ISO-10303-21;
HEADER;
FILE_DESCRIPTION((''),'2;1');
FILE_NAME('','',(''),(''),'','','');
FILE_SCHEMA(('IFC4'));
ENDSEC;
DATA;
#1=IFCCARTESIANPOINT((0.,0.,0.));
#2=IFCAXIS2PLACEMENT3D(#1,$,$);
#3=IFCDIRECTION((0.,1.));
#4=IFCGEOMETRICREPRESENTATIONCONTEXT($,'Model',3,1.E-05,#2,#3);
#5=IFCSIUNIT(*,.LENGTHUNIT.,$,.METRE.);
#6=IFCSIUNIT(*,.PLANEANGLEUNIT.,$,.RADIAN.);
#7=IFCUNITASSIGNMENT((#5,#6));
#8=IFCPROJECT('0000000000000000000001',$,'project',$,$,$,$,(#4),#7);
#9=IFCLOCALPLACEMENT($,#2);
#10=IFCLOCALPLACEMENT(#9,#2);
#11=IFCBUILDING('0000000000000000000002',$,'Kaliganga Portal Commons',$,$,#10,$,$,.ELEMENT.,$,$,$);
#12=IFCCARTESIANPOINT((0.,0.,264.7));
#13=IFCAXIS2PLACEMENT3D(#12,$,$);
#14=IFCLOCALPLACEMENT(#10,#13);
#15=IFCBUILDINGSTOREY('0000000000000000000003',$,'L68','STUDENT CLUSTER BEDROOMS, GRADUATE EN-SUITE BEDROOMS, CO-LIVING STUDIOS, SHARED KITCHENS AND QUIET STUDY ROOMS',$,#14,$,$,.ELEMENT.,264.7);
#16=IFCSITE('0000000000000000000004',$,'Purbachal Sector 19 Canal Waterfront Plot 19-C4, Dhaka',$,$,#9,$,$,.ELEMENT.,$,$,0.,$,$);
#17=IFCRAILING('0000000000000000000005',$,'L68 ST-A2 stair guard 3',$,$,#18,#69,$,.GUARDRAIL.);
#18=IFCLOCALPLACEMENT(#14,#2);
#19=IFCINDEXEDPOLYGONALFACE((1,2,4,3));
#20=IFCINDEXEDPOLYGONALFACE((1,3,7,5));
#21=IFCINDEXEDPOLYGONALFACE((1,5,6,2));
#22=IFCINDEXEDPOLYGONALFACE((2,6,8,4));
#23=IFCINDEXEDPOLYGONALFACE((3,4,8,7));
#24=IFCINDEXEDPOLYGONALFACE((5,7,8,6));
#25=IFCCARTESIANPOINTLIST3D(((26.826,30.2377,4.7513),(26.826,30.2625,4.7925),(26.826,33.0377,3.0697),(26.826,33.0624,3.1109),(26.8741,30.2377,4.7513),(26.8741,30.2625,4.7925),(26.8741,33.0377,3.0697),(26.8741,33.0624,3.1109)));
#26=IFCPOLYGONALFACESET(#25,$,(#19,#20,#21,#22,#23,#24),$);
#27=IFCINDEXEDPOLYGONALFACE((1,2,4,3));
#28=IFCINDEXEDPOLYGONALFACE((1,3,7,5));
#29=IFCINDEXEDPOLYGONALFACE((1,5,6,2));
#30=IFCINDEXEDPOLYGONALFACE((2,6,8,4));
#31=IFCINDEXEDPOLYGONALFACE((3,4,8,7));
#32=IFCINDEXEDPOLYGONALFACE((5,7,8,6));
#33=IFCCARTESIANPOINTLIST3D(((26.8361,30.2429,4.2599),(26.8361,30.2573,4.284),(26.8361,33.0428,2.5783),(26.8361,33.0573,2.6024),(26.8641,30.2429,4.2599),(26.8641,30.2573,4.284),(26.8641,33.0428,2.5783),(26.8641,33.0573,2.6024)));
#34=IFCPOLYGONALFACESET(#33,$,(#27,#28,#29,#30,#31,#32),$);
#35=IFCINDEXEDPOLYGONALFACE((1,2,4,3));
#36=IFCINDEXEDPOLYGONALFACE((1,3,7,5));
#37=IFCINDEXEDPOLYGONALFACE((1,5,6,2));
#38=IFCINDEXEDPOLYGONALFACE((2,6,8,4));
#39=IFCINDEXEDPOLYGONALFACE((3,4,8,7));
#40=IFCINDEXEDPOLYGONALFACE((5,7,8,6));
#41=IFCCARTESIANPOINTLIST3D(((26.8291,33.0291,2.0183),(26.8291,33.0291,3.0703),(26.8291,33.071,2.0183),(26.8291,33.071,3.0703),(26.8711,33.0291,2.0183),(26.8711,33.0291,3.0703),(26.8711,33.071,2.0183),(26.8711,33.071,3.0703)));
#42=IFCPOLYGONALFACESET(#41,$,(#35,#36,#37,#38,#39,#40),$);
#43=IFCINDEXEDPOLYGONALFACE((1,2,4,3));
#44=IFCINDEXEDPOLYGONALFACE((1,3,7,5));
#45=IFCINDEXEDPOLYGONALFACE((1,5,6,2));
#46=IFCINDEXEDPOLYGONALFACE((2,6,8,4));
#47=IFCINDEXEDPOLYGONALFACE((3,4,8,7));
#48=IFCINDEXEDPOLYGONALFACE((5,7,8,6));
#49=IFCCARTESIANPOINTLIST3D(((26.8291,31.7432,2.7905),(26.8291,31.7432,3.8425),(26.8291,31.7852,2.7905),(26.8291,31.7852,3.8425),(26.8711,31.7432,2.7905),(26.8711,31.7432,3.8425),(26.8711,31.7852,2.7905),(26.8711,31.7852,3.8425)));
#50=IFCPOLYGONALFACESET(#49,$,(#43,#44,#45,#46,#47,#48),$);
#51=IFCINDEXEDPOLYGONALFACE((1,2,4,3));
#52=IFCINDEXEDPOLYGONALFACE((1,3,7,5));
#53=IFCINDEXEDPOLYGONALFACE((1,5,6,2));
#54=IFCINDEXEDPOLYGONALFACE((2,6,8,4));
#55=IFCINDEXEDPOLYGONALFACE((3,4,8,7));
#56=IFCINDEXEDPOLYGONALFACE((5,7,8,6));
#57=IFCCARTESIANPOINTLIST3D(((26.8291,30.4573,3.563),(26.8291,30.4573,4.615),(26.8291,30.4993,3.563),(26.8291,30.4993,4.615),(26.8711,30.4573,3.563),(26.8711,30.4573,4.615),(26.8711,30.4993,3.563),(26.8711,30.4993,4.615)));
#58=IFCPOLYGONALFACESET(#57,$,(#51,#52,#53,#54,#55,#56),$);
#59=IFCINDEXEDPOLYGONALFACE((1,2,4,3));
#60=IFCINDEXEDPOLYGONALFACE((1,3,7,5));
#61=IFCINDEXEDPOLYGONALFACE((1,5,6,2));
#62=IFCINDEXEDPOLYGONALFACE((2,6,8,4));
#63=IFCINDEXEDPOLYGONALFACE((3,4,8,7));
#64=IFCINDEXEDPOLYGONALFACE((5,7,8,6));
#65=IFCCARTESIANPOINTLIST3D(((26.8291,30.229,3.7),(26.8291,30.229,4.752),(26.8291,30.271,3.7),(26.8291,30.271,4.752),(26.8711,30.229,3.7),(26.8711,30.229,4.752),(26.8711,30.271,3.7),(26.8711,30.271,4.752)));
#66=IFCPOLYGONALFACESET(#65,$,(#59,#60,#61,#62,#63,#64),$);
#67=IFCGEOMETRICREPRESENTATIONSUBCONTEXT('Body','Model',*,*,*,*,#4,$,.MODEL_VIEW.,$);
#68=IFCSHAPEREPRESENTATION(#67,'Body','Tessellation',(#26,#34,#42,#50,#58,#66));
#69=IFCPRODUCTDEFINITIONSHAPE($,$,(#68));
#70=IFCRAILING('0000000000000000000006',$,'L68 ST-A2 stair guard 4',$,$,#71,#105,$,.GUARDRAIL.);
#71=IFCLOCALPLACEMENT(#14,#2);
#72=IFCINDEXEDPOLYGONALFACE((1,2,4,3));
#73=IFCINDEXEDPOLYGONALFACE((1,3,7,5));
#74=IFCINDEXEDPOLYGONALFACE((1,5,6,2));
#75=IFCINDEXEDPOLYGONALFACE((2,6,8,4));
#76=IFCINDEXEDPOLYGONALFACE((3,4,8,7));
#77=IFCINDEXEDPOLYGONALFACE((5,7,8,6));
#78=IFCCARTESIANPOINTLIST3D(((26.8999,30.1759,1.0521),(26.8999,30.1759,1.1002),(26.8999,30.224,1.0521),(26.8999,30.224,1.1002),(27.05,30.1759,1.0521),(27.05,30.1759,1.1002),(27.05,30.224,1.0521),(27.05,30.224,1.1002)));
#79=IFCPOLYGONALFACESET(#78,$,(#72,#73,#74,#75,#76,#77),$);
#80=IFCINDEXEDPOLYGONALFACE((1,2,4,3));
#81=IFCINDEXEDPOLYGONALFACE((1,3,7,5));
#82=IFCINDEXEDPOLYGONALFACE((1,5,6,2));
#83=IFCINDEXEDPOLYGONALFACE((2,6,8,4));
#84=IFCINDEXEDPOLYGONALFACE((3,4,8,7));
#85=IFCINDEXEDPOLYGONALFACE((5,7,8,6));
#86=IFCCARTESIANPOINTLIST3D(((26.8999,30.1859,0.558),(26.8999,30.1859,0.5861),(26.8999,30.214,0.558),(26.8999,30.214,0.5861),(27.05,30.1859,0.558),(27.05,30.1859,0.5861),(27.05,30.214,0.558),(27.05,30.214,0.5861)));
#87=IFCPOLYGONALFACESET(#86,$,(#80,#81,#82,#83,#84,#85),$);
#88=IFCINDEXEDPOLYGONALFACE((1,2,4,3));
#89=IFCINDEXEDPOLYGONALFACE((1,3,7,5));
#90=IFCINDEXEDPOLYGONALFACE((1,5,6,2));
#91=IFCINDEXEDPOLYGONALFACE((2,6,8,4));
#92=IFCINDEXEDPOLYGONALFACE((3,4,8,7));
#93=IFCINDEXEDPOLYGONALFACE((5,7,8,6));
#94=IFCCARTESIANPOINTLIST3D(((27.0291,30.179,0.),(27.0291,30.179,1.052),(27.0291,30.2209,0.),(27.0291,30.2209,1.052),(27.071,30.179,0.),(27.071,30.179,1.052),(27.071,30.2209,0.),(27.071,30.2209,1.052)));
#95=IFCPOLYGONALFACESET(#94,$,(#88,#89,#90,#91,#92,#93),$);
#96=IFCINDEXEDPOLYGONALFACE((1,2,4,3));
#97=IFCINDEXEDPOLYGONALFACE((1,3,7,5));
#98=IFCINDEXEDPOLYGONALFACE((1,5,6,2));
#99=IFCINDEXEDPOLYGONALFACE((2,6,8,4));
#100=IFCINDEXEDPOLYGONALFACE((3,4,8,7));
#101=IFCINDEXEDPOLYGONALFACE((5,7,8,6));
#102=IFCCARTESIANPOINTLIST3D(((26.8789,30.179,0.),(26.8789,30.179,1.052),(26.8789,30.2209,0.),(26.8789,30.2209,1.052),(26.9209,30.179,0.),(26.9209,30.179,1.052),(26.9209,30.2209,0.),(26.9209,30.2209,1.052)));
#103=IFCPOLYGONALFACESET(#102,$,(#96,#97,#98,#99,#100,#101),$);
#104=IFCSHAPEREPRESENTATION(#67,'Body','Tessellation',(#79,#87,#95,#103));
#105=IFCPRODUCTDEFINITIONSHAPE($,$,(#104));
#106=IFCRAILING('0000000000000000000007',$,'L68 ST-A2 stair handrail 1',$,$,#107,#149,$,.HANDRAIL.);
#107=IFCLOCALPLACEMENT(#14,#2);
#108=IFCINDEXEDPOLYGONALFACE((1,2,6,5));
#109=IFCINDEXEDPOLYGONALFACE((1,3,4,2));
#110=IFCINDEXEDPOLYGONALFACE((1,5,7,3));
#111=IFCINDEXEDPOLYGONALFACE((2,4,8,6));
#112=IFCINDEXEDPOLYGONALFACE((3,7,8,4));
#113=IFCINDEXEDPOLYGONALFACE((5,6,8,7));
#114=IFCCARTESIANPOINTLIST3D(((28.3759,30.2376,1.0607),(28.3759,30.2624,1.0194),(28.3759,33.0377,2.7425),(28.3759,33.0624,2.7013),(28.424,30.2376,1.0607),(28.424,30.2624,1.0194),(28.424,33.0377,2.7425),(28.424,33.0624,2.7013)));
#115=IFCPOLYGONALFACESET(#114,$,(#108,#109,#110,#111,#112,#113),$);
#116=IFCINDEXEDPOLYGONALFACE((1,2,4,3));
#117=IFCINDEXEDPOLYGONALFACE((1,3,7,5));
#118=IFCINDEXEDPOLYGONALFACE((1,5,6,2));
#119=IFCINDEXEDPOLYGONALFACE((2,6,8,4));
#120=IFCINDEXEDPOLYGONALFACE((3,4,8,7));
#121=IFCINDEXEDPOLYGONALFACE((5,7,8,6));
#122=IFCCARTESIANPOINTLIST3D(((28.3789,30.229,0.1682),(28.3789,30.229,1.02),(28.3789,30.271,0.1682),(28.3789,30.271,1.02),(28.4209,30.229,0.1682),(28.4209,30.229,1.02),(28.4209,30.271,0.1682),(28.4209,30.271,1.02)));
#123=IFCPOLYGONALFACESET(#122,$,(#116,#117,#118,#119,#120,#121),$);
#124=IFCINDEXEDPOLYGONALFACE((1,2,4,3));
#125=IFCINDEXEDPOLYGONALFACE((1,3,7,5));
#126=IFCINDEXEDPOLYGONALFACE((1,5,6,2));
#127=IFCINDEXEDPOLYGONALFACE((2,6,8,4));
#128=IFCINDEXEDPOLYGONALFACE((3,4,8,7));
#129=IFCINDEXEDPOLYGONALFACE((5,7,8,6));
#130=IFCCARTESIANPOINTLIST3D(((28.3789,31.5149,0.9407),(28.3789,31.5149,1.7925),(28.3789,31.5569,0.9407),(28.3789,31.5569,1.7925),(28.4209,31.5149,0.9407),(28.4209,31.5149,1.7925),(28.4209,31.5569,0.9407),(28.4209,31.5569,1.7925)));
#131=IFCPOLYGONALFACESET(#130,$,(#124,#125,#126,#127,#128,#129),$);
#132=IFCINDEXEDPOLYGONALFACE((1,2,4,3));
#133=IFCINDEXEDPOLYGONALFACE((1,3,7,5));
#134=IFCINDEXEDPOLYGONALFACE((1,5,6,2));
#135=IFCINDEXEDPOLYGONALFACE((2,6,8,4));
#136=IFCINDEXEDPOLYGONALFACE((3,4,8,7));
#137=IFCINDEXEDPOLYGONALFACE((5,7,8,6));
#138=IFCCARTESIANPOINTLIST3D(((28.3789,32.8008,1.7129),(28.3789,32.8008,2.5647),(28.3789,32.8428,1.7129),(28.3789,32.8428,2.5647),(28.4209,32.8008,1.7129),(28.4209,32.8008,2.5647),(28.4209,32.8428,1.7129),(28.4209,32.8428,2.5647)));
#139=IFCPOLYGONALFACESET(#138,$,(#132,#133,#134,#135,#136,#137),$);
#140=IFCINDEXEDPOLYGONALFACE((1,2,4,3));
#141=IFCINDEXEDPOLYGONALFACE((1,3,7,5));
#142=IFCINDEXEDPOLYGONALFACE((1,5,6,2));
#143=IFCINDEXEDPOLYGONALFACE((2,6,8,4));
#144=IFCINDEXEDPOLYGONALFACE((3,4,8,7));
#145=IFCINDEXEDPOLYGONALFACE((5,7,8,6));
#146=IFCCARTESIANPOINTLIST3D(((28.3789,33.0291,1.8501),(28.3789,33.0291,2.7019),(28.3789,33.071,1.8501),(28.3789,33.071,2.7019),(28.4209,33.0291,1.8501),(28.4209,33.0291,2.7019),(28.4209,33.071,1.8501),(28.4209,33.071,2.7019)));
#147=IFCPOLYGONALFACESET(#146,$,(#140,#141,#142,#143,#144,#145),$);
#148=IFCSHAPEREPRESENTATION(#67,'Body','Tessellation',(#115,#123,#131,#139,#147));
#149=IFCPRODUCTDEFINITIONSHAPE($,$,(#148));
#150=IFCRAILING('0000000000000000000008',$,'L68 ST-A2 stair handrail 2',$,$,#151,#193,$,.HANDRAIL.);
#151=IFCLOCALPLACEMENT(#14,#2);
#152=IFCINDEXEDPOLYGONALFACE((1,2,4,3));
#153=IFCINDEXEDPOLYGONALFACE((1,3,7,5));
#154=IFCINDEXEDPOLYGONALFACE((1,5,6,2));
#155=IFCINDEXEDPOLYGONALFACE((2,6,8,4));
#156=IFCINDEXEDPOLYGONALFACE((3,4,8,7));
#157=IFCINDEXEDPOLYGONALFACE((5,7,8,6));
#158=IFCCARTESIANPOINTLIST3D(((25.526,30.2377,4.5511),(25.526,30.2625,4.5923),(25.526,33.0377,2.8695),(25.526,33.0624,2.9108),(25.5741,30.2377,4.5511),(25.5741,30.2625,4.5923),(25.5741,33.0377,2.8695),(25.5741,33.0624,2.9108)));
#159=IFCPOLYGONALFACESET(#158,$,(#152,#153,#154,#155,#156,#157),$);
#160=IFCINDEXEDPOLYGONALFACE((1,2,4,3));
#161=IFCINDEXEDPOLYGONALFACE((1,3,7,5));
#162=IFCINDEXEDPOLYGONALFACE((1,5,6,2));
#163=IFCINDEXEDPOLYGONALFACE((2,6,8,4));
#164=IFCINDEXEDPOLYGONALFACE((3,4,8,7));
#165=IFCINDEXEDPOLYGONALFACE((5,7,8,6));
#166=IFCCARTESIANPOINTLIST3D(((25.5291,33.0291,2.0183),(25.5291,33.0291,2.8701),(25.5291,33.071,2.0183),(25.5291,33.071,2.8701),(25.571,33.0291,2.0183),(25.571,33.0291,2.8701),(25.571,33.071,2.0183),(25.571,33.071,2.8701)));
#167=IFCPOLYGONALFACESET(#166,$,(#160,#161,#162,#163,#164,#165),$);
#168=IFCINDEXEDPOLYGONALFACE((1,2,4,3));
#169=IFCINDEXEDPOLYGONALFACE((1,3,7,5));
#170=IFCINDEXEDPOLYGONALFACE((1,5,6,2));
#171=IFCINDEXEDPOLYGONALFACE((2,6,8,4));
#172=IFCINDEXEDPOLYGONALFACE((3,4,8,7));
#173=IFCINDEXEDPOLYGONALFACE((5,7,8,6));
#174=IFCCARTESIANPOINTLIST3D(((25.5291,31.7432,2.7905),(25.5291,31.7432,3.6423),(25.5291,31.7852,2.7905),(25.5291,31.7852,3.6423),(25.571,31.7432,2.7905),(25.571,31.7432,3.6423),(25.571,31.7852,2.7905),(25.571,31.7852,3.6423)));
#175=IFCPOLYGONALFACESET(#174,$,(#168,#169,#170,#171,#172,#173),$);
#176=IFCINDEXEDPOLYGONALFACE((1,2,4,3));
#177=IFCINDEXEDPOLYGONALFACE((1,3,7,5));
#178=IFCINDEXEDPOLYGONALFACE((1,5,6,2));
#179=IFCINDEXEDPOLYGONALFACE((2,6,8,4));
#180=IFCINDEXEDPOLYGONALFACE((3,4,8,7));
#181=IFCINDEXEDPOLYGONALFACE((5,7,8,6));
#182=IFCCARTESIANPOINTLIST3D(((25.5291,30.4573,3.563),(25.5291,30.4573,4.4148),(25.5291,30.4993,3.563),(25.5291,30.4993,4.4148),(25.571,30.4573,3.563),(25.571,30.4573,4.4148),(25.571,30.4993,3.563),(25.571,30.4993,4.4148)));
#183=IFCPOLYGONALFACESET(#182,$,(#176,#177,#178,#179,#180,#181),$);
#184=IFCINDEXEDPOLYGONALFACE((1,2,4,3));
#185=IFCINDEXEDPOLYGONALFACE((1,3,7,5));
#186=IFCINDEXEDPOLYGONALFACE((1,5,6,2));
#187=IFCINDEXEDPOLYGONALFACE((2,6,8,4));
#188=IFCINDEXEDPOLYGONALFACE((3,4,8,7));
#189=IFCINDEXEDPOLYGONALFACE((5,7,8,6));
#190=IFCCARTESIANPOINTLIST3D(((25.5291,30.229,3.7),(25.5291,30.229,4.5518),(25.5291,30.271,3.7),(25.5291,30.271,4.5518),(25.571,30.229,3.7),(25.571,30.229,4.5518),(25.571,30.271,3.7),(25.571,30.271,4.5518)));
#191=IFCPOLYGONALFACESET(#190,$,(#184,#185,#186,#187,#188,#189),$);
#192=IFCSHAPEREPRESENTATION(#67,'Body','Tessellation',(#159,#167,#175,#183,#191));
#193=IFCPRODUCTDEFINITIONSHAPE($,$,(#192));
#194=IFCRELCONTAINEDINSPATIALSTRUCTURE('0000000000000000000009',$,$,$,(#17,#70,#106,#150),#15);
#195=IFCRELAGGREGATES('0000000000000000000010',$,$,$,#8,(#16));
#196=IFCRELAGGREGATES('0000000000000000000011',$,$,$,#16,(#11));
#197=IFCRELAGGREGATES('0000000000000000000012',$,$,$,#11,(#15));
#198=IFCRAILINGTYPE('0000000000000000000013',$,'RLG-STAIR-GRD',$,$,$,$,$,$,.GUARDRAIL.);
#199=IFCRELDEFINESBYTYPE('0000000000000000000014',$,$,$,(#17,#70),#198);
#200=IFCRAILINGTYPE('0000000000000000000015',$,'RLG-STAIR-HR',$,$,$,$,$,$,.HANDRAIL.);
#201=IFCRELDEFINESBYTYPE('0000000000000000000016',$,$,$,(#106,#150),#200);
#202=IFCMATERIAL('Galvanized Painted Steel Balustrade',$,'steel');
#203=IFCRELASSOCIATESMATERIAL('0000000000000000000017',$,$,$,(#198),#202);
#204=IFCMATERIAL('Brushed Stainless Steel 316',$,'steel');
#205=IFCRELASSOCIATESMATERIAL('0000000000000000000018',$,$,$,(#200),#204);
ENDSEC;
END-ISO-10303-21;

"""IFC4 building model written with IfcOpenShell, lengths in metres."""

from ifc_helpers import new_model, si_unit, direction, frame, origin, origin_2d, place, context, subcontext, project, spatial, rectangle, extrude, material, type_object, element, save


model = new_model("IFC4")

# Units and contexts
model_context = context("Model", 3, precision=1e-05, world=origin(), true_north=direction((0.0, 1.0)))
body_context = subcontext(model_context, "Body", "Model", "MODEL_VIEW")
ifc_project = project(units=[si_unit("LENGTHUNIT", "METRE"), si_unit("PLANEANGLEUNIT", "RADIAN")], contexts=[model_context])

# Site, building, storey
site_placement = place(None, origin())
site = spatial("IfcSite", under=ifc_project, at=site_placement, Name="Purbachal Sector 19 Canal Waterfront Plot 19-C4, Dhaka", CompositionType="ELEMENT", RefElevation=0.0)
building_placement = place(site_placement, origin())
building = spatial("IfcBuilding", under=site, at=building_placement, Name="Kaliganga Portal Commons", CompositionType="ELEMENT")
storey_placement = place(building_placement, frame((0.0, 0.0, 264.7)))
storey = spatial("IfcBuildingStorey", under=building, at=storey_placement, Name="L68", Description="STUDENT CLUSTER BEDROOMS, GRADUATE EN-SUITE BEDROOMS, CO-LIVING STUDIOS, SHARED KITCHENS AND QUIET STUDY ROOMS", CompositionType="ELEMENT", Elevation=264.7)

# Railings
ifc_material_1 = material(Name="Galvanized Painted Steel Balustrade", Category="steel")
railing_type_1 = type_object("IfcRailingType", Name="RLG-STAIR-GRD", PredefinedType="GUARDRAIL", material=ifc_material_1)
railing_1_placement = place(storey_placement, frame((26.8501, 33.05, 2.0183)))
element("IfcRailing", 1, at=railing_1_placement, inside=storey, type_object=railing_type_1, Name="L68 ST-A2 stair guard 3", PredefinedType="GUARDRAIL", context=body_context, shape_type="SweptSolid", body=[
    extrude(rectangle(XDim=0.0481, YDim=0.0481, at=origin_2d()), frame((0.0, 0.0, 1.072), z_axis=(0.0, -0.857275, 0.514858), x_axis=(1.0, 0.0, 0.0)), (0.0, 0.0, 1.0), 3.2661),
    extrude(rectangle(XDim=0.0281, YDim=0.0281, at=origin_2d()), frame((0.0, 0.0, 0.572), z_axis=(0.0, -0.857275, 0.514858), x_axis=(1.0, 0.0, 0.0)), (0.0, 0.0, 1.0), 3.2661),
    extrude(rectangle(XDim=0.042, YDim=0.042, at=origin_2d()), origin(), (0.0, 0.0, 1.0), 1.052),
    extrude(rectangle(XDim=0.042, YDim=0.042, at=origin_2d()), frame((0.0, -1.2859, 0.7722)), (0.0, 0.0, 1.0), 1.052),
    extrude(rectangle(XDim=0.042, YDim=0.042, at=origin_2d()), frame((0.0, -2.5718, 1.5447)), (0.0, 0.0, 1.0), 1.052),
    extrude(rectangle(XDim=0.042, YDim=0.042, at=origin_2d()), frame((0.0, -2.8, 1.6816)), (0.0, 0.0, 1.0), 1.052),
])
railing_2_placement = place(storey_placement, frame((27.05, 30.2, 0.0)))
element("IfcRailing", 2, at=railing_2_placement, inside=storey, type_object=railing_type_1, Name="L68 ST-A2 stair guard 4", PredefinedType="GUARDRAIL", context=body_context, shape_type="SweptSolid", body=[
    extrude(rectangle(XDim=0.0481, YDim=0.0481, at=origin_2d()), frame((0.0, 0.0, 1.0762), z_axis=(-1.0, 0.0, 0.0), x_axis=(0.0, -1.0, 0.0)), (0.0, 0.0, 1.0), 0.1501),
    extrude(rectangle(XDim=0.0281, YDim=0.0281, at=origin_2d()), frame((0.0, 0.0, 0.572), z_axis=(-1.0, 0.0, 0.0), x_axis=(0.0, -1.0, 0.0)), (0.0, 0.0, 1.0), 0.1501),
    extrude(rectangle(XDim=0.042, YDim=0.042, at=origin_2d()), origin(), (0.0, 0.0, 1.0), 1.052),
    extrude(rectangle(XDim=0.042, YDim=0.042, at=origin_2d()), frame((-0.1501, 0.0, 0.0)), (0.0, 0.0, 1.0), 1.052),
])
ifc_material_2 = material(Name="Brushed Stainless Steel 316", Category="steel")
railing_type_2 = type_object("IfcRailingType", Name="RLG-STAIR-HR", PredefinedType="HANDRAIL", material=ifc_material_2)
railing_3_placement = place(storey_placement, frame((28.3999, 30.25, 0.1682)))
element("IfcRailing", 3, at=railing_3_placement, inside=storey, type_object=railing_type_2, Name="L68 ST-A2 stair handrail 1", PredefinedType="HANDRAIL", context=body_context, shape_type="SweptSolid", body=[
    extrude(rectangle(XDim=0.0481, YDim=0.0481, at=origin_2d()), frame((0.0, 0.0, 0.8718), z_axis=(0.0, 0.857242, 0.514913), x_axis=(-1.0, 0.0, 0.0)), (0.0, 0.0, 1.0), 3.2664),
    extrude(rectangle(XDim=0.042, YDim=0.042, at=origin_2d()), origin(), (0.0, 0.0, 1.0), 0.8518),
    extrude(rectangle(XDim=0.042, YDim=0.042, at=origin_2d()), frame((0.0, 1.2859, 0.7725)), (0.0, 0.0, 1.0), 0.8518),
    extrude(rectangle(XDim=0.042, YDim=0.042, at=origin_2d()), frame((0.0, 2.5718, 1.5447)), (0.0, 0.0, 1.0), 0.8518),
    extrude(rectangle(XDim=0.042, YDim=0.042, at=origin_2d()), frame((0.0, 2.8, 1.6819)), (0.0, 0.0, 1.0), 0.8518),
])
railing_4_placement = place(storey_placement, frame((25.55, 33.05, 2.0183)))
element("IfcRailing", 4, at=railing_4_placement, inside=storey, type_object=railing_type_2, Name="L68 ST-A2 stair handrail 2", PredefinedType="HANDRAIL", context=body_context, shape_type="SweptSolid", body=[
    extrude(rectangle(XDim=0.0481, YDim=0.0481, at=origin_2d()), frame((0.0, 0.0, 0.8718), z_axis=(0.0, -0.857275, 0.514858), x_axis=(1.0, 0.0, 0.0)), (0.0, 0.0, 1.0), 3.2661),
    extrude(rectangle(XDim=0.042, YDim=0.042, at=origin_2d()), origin(), (0.0, 0.0, 1.0), 0.8518),
    extrude(rectangle(XDim=0.042, YDim=0.042, at=origin_2d()), frame((0.0, -1.2859, 0.7722)), (0.0, 0.0, 1.0), 0.8518),
    extrude(rectangle(XDim=0.042, YDim=0.042, at=origin_2d()), frame((0.0, -2.5718, 1.5447)), (0.0, 0.0, 1.0), 0.8518),
    extrude(rectangle(XDim=0.042, YDim=0.042, at=origin_2d()), frame((0.0, -2.8, 1.6816)), (0.0, 0.0, 1.0), 0.8518),
])

save(model, "model.ifc")
